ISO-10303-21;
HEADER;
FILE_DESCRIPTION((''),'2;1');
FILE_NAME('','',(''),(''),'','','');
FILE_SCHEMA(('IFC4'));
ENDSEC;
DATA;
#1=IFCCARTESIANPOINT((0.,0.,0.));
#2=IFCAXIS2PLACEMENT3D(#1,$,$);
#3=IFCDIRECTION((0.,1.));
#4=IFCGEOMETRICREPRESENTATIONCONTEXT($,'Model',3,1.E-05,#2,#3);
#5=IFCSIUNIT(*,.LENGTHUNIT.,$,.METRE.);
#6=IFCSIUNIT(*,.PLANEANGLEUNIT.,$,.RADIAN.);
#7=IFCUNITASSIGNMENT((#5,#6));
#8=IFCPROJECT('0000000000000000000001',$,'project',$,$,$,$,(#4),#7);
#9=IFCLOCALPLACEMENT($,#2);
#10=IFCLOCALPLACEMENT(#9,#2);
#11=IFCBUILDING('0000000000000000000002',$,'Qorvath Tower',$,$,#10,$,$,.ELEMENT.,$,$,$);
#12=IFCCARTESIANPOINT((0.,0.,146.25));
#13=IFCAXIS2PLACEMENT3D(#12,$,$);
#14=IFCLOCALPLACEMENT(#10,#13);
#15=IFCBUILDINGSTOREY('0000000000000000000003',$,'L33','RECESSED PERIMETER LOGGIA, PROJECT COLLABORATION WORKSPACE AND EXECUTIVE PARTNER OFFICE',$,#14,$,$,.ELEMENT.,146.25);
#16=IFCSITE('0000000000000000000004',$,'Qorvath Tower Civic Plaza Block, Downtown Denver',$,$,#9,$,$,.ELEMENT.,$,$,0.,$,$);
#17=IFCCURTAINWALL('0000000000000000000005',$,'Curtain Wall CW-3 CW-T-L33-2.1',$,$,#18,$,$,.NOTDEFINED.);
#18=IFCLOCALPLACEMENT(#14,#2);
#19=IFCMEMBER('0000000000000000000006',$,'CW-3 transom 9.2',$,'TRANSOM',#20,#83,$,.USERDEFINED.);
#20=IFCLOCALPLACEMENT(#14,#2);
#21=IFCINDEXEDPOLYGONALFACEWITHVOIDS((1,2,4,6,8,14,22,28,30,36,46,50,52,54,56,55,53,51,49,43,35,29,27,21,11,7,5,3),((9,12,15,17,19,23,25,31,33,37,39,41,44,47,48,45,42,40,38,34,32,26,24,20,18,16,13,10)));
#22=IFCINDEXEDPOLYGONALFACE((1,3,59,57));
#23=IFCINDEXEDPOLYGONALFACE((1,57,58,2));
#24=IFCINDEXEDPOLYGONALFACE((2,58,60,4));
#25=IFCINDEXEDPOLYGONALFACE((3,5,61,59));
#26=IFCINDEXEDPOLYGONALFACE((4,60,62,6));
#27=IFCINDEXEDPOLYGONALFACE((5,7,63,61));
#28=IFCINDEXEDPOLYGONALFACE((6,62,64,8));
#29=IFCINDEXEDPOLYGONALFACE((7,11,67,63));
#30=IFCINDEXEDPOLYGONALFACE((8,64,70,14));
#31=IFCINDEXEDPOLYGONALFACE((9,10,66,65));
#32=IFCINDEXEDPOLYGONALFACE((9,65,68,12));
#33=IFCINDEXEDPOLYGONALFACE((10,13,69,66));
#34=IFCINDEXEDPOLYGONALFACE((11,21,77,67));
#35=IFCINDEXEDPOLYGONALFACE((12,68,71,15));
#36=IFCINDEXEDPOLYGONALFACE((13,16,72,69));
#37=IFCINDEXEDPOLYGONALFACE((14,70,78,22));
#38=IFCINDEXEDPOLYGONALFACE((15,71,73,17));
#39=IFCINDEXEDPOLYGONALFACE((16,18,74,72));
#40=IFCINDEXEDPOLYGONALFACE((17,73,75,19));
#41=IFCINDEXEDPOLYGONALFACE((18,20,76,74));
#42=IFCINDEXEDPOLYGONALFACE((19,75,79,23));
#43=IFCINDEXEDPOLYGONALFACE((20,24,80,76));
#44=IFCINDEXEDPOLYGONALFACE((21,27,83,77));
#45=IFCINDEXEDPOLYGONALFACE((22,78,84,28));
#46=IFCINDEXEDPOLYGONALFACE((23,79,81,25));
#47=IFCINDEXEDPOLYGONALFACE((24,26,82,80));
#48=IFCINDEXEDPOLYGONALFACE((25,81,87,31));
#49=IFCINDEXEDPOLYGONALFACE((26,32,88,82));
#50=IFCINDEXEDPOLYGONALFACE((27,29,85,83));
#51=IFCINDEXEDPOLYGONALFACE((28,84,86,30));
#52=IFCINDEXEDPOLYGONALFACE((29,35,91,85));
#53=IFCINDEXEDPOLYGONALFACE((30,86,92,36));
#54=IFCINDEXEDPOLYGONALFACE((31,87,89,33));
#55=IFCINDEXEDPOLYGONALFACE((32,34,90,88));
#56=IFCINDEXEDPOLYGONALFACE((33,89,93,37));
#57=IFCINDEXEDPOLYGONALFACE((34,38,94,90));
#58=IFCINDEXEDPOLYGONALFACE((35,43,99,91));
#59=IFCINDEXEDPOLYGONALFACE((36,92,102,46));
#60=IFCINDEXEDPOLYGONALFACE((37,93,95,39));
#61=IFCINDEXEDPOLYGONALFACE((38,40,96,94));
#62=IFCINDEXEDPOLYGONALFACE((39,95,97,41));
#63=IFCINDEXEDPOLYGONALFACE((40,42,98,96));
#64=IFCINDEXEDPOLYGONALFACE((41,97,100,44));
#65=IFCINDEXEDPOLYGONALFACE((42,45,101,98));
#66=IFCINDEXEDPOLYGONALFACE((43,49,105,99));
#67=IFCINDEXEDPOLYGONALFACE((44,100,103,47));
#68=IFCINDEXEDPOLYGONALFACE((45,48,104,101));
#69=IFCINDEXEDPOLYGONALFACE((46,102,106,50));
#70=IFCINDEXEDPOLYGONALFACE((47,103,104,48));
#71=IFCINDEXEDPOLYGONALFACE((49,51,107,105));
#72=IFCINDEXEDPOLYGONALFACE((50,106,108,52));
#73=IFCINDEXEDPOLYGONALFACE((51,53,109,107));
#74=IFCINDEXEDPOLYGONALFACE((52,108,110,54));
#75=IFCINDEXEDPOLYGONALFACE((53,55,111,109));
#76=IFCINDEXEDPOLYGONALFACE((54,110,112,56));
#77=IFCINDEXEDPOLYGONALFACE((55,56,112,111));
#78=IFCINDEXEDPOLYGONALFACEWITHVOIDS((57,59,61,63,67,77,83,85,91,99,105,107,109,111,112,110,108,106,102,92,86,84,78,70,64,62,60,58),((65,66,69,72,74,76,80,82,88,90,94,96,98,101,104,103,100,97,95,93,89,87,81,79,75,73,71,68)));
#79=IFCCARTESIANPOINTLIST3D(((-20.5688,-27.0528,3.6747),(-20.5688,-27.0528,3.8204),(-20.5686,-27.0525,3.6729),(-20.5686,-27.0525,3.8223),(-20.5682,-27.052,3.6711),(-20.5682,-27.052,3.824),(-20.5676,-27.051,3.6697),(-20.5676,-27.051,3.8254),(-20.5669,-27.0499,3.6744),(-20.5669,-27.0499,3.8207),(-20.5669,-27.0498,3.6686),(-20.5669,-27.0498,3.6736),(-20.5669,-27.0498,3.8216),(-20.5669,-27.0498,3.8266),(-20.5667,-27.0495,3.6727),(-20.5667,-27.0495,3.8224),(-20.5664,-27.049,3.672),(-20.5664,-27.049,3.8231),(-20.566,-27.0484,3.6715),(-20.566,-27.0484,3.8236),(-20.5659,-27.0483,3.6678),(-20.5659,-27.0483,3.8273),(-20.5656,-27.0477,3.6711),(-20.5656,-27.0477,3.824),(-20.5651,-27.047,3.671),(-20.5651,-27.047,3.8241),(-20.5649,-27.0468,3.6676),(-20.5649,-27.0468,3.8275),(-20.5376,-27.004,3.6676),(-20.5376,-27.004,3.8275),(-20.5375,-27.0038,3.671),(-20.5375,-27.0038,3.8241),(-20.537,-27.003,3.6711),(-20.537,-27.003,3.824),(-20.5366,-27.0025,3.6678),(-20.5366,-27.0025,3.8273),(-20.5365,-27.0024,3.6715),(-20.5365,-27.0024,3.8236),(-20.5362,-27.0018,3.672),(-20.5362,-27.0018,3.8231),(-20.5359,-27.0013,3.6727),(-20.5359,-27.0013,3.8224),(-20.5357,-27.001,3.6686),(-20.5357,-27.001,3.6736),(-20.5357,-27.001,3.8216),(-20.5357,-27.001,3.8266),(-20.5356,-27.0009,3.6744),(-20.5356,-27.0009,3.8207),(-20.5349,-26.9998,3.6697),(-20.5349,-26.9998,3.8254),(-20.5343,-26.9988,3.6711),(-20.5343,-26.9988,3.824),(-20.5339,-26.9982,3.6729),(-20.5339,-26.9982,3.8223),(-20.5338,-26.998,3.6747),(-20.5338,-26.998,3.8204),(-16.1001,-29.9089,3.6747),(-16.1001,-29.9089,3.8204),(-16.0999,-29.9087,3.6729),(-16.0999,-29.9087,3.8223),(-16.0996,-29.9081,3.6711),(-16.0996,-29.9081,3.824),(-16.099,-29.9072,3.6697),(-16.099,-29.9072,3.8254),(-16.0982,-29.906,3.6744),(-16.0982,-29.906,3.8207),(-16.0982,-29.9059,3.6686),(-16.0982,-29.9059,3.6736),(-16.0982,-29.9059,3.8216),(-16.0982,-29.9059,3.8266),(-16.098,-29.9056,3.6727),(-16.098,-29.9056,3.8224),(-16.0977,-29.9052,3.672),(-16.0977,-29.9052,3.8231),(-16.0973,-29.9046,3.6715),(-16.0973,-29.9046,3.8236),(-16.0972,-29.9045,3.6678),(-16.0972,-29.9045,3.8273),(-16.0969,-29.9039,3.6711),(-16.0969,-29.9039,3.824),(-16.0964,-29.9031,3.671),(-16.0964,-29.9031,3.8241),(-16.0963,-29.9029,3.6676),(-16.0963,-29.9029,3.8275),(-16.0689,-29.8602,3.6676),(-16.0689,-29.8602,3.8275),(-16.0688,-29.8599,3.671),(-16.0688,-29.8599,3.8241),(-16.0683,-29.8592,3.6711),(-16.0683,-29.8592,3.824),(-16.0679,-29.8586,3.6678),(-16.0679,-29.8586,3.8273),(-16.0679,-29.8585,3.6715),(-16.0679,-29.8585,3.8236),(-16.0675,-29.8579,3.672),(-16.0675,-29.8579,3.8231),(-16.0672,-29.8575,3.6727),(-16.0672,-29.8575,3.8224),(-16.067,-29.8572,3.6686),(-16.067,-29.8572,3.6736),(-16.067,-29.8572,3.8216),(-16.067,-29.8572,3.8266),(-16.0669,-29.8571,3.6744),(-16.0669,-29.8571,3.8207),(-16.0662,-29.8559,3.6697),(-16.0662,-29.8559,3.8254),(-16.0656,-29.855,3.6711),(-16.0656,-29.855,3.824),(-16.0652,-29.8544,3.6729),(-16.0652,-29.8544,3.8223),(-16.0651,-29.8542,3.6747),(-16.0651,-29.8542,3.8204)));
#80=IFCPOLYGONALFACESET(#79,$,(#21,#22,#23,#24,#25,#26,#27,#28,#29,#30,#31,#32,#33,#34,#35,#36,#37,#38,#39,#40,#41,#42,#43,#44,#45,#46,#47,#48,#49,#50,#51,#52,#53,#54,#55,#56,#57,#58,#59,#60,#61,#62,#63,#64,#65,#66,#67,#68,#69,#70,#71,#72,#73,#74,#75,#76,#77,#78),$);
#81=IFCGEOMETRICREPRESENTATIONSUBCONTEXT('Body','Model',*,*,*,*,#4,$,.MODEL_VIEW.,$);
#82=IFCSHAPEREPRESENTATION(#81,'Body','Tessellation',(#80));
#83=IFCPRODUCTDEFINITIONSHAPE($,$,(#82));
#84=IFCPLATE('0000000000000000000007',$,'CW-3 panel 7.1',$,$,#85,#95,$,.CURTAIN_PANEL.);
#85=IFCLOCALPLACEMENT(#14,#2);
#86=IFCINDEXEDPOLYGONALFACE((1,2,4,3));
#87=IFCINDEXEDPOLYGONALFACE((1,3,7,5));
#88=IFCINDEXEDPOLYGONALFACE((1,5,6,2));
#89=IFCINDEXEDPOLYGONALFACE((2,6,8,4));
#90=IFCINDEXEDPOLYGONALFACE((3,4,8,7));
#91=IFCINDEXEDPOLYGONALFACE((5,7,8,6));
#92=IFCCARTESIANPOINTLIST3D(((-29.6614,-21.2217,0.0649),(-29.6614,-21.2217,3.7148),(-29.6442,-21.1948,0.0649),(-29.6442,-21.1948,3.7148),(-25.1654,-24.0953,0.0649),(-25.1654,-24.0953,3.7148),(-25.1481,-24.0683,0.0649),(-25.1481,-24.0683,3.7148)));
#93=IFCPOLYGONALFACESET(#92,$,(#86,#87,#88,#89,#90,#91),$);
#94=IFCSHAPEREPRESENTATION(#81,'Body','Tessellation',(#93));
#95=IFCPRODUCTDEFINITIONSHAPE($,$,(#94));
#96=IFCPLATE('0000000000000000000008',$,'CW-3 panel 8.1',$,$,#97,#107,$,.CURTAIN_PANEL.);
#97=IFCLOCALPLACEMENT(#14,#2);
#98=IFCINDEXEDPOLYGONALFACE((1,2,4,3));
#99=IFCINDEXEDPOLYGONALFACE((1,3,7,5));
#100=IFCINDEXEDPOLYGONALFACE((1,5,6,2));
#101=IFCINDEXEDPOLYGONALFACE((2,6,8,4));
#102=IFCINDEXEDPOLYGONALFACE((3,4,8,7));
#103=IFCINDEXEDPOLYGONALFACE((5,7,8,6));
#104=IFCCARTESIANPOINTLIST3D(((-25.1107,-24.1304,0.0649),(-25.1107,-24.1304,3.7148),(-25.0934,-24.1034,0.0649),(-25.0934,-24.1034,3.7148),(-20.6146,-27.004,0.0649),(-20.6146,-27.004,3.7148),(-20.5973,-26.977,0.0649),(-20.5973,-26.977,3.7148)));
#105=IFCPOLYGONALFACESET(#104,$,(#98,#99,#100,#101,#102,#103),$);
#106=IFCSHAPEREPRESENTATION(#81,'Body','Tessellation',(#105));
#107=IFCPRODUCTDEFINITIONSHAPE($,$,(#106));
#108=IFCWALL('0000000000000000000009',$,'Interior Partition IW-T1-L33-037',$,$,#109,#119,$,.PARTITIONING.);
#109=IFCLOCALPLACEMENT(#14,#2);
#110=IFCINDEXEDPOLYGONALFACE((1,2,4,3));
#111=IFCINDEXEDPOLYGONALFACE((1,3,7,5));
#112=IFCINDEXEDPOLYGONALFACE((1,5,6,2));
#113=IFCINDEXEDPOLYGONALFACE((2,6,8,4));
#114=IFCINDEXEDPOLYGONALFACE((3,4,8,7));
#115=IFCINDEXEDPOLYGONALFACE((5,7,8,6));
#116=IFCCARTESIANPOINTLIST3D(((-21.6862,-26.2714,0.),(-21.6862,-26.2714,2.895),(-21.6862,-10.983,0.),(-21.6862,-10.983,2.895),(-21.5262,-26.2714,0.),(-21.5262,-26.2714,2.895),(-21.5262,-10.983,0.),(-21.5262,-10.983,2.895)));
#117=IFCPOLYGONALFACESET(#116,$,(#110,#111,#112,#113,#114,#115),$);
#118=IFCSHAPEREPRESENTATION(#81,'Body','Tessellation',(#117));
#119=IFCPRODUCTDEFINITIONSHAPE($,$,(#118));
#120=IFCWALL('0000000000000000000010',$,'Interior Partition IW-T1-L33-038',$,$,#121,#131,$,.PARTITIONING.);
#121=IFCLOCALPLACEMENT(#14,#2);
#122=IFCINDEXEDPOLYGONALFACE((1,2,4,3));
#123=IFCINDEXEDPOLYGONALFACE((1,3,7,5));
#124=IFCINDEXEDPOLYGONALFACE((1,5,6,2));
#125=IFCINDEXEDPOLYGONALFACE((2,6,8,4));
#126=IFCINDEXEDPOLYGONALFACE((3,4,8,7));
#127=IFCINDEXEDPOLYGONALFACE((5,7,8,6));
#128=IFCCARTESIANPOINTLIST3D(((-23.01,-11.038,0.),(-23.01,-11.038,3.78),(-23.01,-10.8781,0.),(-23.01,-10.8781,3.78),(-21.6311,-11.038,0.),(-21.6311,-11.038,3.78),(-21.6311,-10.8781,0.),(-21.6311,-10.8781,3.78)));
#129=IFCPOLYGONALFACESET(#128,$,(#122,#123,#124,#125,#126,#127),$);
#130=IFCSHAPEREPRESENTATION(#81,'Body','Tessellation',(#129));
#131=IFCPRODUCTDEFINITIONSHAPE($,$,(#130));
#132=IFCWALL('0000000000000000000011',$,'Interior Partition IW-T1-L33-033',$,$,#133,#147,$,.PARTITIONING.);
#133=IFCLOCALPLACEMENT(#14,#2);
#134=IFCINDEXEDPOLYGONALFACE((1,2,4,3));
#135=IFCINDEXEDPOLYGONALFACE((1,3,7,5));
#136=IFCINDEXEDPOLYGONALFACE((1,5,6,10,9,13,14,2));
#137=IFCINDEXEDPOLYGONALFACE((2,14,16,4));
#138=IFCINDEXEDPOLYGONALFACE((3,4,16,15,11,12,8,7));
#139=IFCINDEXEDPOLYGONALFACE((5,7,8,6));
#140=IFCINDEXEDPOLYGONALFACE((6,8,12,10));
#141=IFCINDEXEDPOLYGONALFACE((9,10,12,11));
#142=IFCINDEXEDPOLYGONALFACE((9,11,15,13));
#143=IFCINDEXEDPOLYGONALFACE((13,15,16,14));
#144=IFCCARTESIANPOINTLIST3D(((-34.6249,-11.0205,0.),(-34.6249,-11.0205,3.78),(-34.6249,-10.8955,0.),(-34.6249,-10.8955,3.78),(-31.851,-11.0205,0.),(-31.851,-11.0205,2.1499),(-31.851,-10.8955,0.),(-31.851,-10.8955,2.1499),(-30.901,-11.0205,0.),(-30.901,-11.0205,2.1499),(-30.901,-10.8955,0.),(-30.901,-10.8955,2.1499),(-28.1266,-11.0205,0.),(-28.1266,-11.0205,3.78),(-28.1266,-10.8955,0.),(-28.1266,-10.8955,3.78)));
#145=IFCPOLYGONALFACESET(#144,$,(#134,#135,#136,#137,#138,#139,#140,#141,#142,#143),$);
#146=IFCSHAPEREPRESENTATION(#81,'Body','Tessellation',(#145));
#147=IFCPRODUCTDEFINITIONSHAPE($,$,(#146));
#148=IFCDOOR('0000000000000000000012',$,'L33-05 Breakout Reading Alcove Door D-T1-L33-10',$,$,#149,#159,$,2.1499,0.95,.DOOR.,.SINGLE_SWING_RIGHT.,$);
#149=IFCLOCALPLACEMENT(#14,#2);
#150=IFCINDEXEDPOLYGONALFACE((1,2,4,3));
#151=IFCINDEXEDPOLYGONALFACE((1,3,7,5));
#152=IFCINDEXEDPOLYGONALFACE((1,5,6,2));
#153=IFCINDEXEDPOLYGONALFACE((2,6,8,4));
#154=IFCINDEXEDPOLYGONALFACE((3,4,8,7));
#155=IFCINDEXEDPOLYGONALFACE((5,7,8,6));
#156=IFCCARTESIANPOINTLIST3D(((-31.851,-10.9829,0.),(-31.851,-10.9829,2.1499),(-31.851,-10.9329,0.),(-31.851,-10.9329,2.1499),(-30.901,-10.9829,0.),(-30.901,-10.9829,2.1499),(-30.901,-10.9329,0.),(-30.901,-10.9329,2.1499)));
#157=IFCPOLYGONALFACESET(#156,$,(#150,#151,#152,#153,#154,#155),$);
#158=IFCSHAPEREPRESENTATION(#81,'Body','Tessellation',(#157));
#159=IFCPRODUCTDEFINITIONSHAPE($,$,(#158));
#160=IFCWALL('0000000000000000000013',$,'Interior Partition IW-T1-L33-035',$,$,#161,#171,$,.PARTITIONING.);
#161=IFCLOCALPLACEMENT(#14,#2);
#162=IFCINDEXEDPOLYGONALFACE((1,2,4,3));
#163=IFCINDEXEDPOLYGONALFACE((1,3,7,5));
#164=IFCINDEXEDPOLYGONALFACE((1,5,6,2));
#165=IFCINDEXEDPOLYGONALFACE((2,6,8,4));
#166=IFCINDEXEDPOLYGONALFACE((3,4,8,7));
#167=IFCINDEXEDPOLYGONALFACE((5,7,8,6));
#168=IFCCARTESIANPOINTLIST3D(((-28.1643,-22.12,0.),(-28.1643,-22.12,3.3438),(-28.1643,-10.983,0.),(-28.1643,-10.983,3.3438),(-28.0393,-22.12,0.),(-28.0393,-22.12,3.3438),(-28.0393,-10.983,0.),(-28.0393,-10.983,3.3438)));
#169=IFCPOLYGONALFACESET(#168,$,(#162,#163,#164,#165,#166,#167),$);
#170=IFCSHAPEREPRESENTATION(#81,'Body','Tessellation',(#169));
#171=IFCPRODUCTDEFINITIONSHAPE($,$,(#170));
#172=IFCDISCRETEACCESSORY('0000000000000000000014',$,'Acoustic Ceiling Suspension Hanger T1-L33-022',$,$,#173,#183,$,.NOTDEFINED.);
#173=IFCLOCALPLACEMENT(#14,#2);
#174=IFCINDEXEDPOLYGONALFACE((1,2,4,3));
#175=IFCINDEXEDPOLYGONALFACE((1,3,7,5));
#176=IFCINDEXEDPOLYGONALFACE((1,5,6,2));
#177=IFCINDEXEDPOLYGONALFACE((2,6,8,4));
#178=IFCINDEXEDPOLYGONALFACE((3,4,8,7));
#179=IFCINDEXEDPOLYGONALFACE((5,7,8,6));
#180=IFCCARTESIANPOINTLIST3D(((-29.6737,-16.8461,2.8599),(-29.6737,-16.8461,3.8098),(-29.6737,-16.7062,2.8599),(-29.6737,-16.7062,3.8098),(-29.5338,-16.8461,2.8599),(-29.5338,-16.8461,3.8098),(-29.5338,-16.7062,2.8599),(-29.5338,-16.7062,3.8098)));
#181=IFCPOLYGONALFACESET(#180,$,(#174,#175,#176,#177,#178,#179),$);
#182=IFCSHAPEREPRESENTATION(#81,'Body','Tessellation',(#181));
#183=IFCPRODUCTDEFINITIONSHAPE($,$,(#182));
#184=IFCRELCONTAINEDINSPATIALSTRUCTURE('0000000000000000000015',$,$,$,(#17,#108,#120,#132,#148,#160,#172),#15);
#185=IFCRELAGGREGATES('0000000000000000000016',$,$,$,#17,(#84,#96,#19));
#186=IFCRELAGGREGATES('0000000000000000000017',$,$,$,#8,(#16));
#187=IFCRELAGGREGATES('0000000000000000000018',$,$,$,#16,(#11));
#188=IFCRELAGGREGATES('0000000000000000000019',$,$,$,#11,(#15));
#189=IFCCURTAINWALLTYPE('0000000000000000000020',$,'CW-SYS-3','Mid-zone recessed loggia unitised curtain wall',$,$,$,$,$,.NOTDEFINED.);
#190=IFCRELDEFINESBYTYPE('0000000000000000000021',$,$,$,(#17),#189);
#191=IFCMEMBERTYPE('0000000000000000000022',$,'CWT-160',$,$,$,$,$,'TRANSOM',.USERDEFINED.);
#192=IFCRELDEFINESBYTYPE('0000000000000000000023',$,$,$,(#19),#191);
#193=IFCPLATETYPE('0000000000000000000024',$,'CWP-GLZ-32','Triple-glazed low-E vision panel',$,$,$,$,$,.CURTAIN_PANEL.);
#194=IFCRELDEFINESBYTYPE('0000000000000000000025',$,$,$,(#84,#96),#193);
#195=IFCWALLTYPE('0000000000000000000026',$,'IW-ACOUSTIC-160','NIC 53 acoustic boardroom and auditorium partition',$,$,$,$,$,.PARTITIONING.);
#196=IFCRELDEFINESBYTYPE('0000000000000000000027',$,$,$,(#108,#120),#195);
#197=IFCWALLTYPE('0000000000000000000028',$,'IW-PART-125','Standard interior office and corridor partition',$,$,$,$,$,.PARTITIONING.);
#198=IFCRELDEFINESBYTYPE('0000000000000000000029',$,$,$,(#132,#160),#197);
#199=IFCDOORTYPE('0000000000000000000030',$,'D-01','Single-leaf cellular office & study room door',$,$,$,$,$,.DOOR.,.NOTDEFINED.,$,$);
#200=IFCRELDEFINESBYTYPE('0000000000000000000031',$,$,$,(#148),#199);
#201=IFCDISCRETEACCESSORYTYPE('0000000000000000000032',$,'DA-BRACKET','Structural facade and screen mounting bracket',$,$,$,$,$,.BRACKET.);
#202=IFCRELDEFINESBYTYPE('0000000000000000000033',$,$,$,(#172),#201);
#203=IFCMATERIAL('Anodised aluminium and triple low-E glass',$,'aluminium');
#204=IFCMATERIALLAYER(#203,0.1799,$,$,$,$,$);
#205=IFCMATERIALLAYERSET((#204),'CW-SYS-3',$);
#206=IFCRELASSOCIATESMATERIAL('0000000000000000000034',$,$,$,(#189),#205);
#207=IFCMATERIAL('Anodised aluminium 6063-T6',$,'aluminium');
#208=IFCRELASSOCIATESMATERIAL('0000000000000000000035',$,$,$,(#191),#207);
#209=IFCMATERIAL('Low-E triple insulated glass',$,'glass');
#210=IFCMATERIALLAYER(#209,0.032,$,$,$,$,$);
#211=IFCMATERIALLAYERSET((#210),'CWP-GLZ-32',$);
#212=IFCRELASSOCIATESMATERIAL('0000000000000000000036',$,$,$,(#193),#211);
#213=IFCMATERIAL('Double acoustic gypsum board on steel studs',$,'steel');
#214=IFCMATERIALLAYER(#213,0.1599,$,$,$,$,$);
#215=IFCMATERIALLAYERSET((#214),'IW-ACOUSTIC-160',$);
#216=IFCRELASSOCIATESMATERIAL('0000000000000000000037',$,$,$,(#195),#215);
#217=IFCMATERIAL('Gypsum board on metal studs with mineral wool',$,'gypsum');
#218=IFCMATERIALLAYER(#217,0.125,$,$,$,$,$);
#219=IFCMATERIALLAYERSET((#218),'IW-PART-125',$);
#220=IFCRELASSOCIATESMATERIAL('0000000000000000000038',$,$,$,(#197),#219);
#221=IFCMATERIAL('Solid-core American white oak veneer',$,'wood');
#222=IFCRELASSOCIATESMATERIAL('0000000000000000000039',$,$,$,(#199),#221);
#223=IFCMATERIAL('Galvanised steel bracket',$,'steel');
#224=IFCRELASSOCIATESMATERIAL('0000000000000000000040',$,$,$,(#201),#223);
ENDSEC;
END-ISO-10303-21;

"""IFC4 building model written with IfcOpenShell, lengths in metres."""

from ifc_helpers import new_model, si_unit, direction, frame, frame_2d, origin, origin_2d, place, context, subcontext, project, spatial, rectangle, hollow_rectangle, extrude, material, layer, layer_set, material_profile, profile_set, type_object, element, fill, aggregate, save


model = new_model("IFC4")

# Units and contexts
model_context = context("Model", 3, precision=1e-05, world=origin(), true_north=direction((0.0, 1.0)))
body_context = subcontext(model_context, "Body", "Model", "MODEL_VIEW")
ifc_project = project(units=[si_unit("LENGTHUNIT", "METRE"), si_unit("PLANEANGLEUNIT", "RADIAN")], contexts=[model_context])

# Site, building, storey
site_placement = place(None, origin())
site = spatial("IfcSite", under=ifc_project, at=site_placement, Name="Qorvath Tower Civic Plaza Block, Downtown Denver", CompositionType="ELEMENT", RefElevation=0.0)
building_placement = place(site_placement, origin())
building = spatial("IfcBuilding", under=site, at=building_placement, Name="Qorvath Tower", CompositionType="ELEMENT")
storey_placement = place(building_placement, frame((0.0, 0.0, 146.25)))
storey = spatial("IfcBuildingStorey", under=building, at=storey_placement, Name="L33", Description="RECESSED PERIMETER LOGGIA, PROJECT COLLABORATION WORKSPACE AND EXECUTIVE PARTNER OFFICE", CompositionType="ELEMENT", Elevation=146.25)

# Curtain wall, member, plates
ifc_material_1 = material(Name="Anodised aluminium and triple low-E glass", Category="aluminium")
ifc_layer_1 = layer(ifc_material_1, 0.1799)
ifc_layer_set_1 = layer_set([ifc_layer_1], Name="CW-SYS-3")
curtain_wall_type = type_object("IfcCurtainWallType", Name="CW-SYS-3", Description="Mid-zone recessed loggia unitised curtain wall", PredefinedType="NOTDEFINED", material=ifc_layer_set_1)
curtain_wall_placement = place(storey_placement, origin())
curtain_wall = element("IfcCurtainWall", 1, at=curtain_wall_placement, inside=storey, type_object=curtain_wall_type, Name="Curtain Wall CW-3 CW-T-L33-2.1", PredefinedType="NOTDEFINED")
ifc_material_2 = material(Name="Anodised aluminium 6063-T6", Category="aluminium")
ifc_material_profile_1 = material_profile(ifc_material_2, hollow_rectangle(XDim=0.0649, YDim=0.1599, WallThickness=0.0034, InnerFilletRadius=0.0034, OuterFilletRadius=0.0071, at=origin_2d()), Name="CWT 160x65")
ifc_profile_set_1 = profile_set([ifc_material_profile_1], Name="Anodised aluminium 6063-T6")
member_type_1 = type_object("IfcMemberType", Name="CWT-160", ElementType="TRANSOM", PredefinedType="USERDEFINED", material=ifc_profile_set_1)
member_1_placement = place(storey_placement, frame((-20.5513, -27.0254, 3.7476), z_axis=(0.842596, -0.538545, 0.0), x_axis=(0.538545, 0.842596, 0.0)))
member_1 = element("IfcMember", 2, at=member_1_placement, type_object=member_type_1, Name="CW-3 transom 9.2", ObjectType="TRANSOM", PredefinedType="USERDEFINED", context=body_context, shape_type="SweptSolid", body=[
    extrude(hollow_rectangle(XDim=0.0649, YDim=0.1599, WallThickness=0.0034, InnerFilletRadius=0.0034, OuterFilletRadius=0.0071, at=origin_2d()), origin(), (0.0, 0.0, 1.0), 5.3035),
])
ifc_material_3 = material(Name="Low-E triple insulated glass", Category="glass")
ifc_layer_2 = layer(ifc_material_3, 0.032)
ifc_layer_set_2 = layer_set([ifc_layer_2], Name="CWP-GLZ-32")
plate_type = type_object("IfcPlateType", Name="CWP-GLZ-32", Description="Triple-glazed low-E vision panel", PredefinedType="CURTAIN_PANEL", material=ifc_layer_set_2)
plate_1_placement = place(storey_placement, frame((-27.4048, -22.645, 0.0649), z_axis=(0.0, 0.0, 1.0), x_axis=(0.842604, -0.538533, 0.0)))
plate_1 = element("IfcPlate", 3, at=plate_1_placement, type_object=plate_type, Name="CW-3 panel 7.1", PredefinedType="CURTAIN_PANEL", context=body_context, shape_type="SweptSolid", body=[
    extrude(rectangle(XDim=5.3359, YDim=0.032, at=origin_2d()), origin(), (0.0, 0.0, 1.0), 3.6499),
])
plate_2_placement = place(storey_placement, frame((-22.854, -25.5537, 0.0649), z_axis=(0.0, 0.0, 1.0), x_axis=(0.842604, -0.538533, 0.0)))
plate_2 = element("IfcPlate", 4, at=plate_2_placement, type_object=plate_type, Name="CW-3 panel 8.1", PredefinedType="CURTAIN_PANEL", context=body_context, shape_type="SweptSolid", body=[
    extrude(rectangle(XDim=5.3359, YDim=0.032, at=origin_2d()), origin(), (0.0, 0.0, 1.0), 3.6499),
])
aggregate(curtain_wall, [plate_1, plate_2, member_1])

# Shared definitions
ifc_material_4 = material(Name="Double acoustic gypsum board on steel studs", Category="steel")
ifc_layer_3 = layer(ifc_material_4, 0.1599)
ifc_layer_set_3 = layer_set([ifc_layer_3], Name="IW-ACOUSTIC-160")
wall_type_1 = type_object("IfcWallType", Name="IW-ACOUSTIC-160", Description="NIC 53 acoustic boardroom and auditorium partition", PredefinedType="PARTITIONING", material=ifc_layer_set_3)

# Walls
wall_1_placement = place(storey_placement, frame((-21.6062, -26.2712, 0.0), z_axis=(0.0, 0.0, 1.0), x_axis=(0.0, 1.0, 0.0)))
element("IfcWall", 5, at=wall_1_placement, inside=storey, type_object=wall_type_1, Name="Interior Partition IW-T1-L33-037", PredefinedType="PARTITIONING", context=body_context, shape_type="SweptSolid", body=[
    extrude(rectangle(XDim=15.2883, YDim=0.1599, at=frame_2d((7.644, 0.0))), origin(), (0.0, 0.0, 1.0), 2.895),
])
wall_2_placement = place(storey_placement, frame((-21.6311, -10.958, 0.0), z_axis=(0.0, 0.0, 1.0), x_axis=(-1.0, 0.0, 0.0)))
element("IfcWall", 6, at=wall_2_placement, inside=storey, type_object=wall_type_1, Name="Interior Partition IW-T1-L33-038", PredefinedType="PARTITIONING", context=body_context, shape_type="SweptSolid", body=[
    extrude(rectangle(XDim=1.3789, YDim=0.1599, at=frame_2d((0.6895, 0.0))), origin(), (0.0, 0.0, 1.0), 3.78),
])

# Wall, opening, door
ifc_material_5 = material(Name="Gypsum board on metal studs with mineral wool", Category="gypsum")
ifc_layer_4 = layer(ifc_material_5, 0.125)
ifc_layer_set_4 = layer_set([ifc_layer_4], Name="IW-PART-125")
wall_type_2 = type_object("IfcWallType", Name="IW-PART-125", Description="Standard interior office and corridor partition", PredefinedType="PARTITIONING", material=ifc_layer_set_4)
wall_3_placement = place(storey_placement, frame((-28.1267, -10.958, 0.0), z_axis=(0.0, 0.0, 1.0), x_axis=(-1.0, 0.0, 0.0)))
wall_3 = element("IfcWall", 7, at=wall_3_placement, inside=storey, type_object=wall_type_2, Name="Interior Partition IW-T1-L33-033", PredefinedType="PARTITIONING", context=body_context, shape_type="SweptSolid", body=[
    extrude(rectangle(XDim=6.4983, YDim=0.125, at=frame_2d((3.249, 0.0))), origin(), (0.0, 0.0, 1.0), 3.78),
])
opening_1_placement = place(wall_3_placement, frame((2.7742, 0.0, 0.0)))
opening_1 = element("IfcOpeningElement", 8, at=opening_1_placement, cuts=wall_3, PredefinedType="OPENING", context=body_context, shape_type="SweptSolid", body=[
    extrude(rectangle(XDim=0.95, YDim=2.1499, at=frame_2d((0.4751, 1.075))), frame((0.0, 0.0725, 0.0), z_axis=(0.0, -1.0, 0.0), x_axis=(1.0, 0.0, 0.0)), (0.0, 0.0, 1.0), 0.145),
])
ifc_material_6 = material(Name="Solid-core American white oak veneer", Category="wood")
door_type_1 = type_object("IfcDoorType", Name="D-01", Description="Single-leaf cellular office & study room door", OperationType="NOTDEFINED", PredefinedType="DOOR", material=ifc_material_6)
door_1_placement = place(opening_1_placement, origin())
door_1 = element("IfcDoor", 9, at=door_1_placement, inside=storey, type_object=door_type_1, Name="L33-05 Breakout Reading Alcove Door D-T1-L33-10", OperationType="SINGLE_SWING_RIGHT", OverallHeight=2.1499, OverallWidth=0.95, PredefinedType="DOOR", context=body_context, shape_type="SweptSolid", body=[
    extrude(rectangle(XDim=0.95, YDim=2.1499, at=frame_2d((0.4751, 1.075))), frame((0.0, 0.0249, 0.0), z_axis=(0.0, -1.0, 0.0), x_axis=(1.0, 0.0, 0.0)), (0.0, 0.0, 1.0), 0.05),
])
fill(opening_1, door_1)

# Wall
wall_4_placement = place(storey_placement, frame((-28.1018, -22.1199, 0.0), z_axis=(0.0, 0.0, 1.0), x_axis=(0.0, 1.0, 0.0)))
element("IfcWall", 10, at=wall_4_placement, inside=storey, type_object=wall_type_2, Name="Interior Partition IW-T1-L33-035", PredefinedType="PARTITIONING", context=body_context, shape_type="SweptSolid", body=[
    extrude(rectangle(XDim=11.137, YDim=0.125, at=frame_2d((5.5684, 0.0))), origin(), (0.0, 0.0, 1.0), 3.3438),
])

# Discrete accessory
ifc_material_7 = material(Name="Galvanised steel bracket", Category="steel")
discrete_accessory_type = type_object("IfcDiscreteAccessoryType", Name="DA-BRACKET", Description="Structural facade and screen mounting bracket", PredefinedType="BRACKET", material=ifc_material_7)
for number, where, z_axis, x_axis, name in (
    (11, (-29.6038, -16.7761, 2.8599), (0.0, 0.0, 1.0), (1.0, 0.0, 0.0), "Acoustic Ceiling Suspension Hanger T1-L33-022"),
):
    element("IfcDiscreteAccessory", number, at=place(storey_placement, frame(where, z_axis=z_axis, x_axis=x_axis)), inside=storey, type_object=discrete_accessory_type, Name=name, PredefinedType="NOTDEFINED", context=body_context, shape_type="SweptSolid", body=[
        extrude(rectangle(XDim=0.1399, YDim=0.1399, at=origin_2d()), origin(), (0.0, 0.0, 1.0), 0.95),
    ])

save(model, "model.ifc")
